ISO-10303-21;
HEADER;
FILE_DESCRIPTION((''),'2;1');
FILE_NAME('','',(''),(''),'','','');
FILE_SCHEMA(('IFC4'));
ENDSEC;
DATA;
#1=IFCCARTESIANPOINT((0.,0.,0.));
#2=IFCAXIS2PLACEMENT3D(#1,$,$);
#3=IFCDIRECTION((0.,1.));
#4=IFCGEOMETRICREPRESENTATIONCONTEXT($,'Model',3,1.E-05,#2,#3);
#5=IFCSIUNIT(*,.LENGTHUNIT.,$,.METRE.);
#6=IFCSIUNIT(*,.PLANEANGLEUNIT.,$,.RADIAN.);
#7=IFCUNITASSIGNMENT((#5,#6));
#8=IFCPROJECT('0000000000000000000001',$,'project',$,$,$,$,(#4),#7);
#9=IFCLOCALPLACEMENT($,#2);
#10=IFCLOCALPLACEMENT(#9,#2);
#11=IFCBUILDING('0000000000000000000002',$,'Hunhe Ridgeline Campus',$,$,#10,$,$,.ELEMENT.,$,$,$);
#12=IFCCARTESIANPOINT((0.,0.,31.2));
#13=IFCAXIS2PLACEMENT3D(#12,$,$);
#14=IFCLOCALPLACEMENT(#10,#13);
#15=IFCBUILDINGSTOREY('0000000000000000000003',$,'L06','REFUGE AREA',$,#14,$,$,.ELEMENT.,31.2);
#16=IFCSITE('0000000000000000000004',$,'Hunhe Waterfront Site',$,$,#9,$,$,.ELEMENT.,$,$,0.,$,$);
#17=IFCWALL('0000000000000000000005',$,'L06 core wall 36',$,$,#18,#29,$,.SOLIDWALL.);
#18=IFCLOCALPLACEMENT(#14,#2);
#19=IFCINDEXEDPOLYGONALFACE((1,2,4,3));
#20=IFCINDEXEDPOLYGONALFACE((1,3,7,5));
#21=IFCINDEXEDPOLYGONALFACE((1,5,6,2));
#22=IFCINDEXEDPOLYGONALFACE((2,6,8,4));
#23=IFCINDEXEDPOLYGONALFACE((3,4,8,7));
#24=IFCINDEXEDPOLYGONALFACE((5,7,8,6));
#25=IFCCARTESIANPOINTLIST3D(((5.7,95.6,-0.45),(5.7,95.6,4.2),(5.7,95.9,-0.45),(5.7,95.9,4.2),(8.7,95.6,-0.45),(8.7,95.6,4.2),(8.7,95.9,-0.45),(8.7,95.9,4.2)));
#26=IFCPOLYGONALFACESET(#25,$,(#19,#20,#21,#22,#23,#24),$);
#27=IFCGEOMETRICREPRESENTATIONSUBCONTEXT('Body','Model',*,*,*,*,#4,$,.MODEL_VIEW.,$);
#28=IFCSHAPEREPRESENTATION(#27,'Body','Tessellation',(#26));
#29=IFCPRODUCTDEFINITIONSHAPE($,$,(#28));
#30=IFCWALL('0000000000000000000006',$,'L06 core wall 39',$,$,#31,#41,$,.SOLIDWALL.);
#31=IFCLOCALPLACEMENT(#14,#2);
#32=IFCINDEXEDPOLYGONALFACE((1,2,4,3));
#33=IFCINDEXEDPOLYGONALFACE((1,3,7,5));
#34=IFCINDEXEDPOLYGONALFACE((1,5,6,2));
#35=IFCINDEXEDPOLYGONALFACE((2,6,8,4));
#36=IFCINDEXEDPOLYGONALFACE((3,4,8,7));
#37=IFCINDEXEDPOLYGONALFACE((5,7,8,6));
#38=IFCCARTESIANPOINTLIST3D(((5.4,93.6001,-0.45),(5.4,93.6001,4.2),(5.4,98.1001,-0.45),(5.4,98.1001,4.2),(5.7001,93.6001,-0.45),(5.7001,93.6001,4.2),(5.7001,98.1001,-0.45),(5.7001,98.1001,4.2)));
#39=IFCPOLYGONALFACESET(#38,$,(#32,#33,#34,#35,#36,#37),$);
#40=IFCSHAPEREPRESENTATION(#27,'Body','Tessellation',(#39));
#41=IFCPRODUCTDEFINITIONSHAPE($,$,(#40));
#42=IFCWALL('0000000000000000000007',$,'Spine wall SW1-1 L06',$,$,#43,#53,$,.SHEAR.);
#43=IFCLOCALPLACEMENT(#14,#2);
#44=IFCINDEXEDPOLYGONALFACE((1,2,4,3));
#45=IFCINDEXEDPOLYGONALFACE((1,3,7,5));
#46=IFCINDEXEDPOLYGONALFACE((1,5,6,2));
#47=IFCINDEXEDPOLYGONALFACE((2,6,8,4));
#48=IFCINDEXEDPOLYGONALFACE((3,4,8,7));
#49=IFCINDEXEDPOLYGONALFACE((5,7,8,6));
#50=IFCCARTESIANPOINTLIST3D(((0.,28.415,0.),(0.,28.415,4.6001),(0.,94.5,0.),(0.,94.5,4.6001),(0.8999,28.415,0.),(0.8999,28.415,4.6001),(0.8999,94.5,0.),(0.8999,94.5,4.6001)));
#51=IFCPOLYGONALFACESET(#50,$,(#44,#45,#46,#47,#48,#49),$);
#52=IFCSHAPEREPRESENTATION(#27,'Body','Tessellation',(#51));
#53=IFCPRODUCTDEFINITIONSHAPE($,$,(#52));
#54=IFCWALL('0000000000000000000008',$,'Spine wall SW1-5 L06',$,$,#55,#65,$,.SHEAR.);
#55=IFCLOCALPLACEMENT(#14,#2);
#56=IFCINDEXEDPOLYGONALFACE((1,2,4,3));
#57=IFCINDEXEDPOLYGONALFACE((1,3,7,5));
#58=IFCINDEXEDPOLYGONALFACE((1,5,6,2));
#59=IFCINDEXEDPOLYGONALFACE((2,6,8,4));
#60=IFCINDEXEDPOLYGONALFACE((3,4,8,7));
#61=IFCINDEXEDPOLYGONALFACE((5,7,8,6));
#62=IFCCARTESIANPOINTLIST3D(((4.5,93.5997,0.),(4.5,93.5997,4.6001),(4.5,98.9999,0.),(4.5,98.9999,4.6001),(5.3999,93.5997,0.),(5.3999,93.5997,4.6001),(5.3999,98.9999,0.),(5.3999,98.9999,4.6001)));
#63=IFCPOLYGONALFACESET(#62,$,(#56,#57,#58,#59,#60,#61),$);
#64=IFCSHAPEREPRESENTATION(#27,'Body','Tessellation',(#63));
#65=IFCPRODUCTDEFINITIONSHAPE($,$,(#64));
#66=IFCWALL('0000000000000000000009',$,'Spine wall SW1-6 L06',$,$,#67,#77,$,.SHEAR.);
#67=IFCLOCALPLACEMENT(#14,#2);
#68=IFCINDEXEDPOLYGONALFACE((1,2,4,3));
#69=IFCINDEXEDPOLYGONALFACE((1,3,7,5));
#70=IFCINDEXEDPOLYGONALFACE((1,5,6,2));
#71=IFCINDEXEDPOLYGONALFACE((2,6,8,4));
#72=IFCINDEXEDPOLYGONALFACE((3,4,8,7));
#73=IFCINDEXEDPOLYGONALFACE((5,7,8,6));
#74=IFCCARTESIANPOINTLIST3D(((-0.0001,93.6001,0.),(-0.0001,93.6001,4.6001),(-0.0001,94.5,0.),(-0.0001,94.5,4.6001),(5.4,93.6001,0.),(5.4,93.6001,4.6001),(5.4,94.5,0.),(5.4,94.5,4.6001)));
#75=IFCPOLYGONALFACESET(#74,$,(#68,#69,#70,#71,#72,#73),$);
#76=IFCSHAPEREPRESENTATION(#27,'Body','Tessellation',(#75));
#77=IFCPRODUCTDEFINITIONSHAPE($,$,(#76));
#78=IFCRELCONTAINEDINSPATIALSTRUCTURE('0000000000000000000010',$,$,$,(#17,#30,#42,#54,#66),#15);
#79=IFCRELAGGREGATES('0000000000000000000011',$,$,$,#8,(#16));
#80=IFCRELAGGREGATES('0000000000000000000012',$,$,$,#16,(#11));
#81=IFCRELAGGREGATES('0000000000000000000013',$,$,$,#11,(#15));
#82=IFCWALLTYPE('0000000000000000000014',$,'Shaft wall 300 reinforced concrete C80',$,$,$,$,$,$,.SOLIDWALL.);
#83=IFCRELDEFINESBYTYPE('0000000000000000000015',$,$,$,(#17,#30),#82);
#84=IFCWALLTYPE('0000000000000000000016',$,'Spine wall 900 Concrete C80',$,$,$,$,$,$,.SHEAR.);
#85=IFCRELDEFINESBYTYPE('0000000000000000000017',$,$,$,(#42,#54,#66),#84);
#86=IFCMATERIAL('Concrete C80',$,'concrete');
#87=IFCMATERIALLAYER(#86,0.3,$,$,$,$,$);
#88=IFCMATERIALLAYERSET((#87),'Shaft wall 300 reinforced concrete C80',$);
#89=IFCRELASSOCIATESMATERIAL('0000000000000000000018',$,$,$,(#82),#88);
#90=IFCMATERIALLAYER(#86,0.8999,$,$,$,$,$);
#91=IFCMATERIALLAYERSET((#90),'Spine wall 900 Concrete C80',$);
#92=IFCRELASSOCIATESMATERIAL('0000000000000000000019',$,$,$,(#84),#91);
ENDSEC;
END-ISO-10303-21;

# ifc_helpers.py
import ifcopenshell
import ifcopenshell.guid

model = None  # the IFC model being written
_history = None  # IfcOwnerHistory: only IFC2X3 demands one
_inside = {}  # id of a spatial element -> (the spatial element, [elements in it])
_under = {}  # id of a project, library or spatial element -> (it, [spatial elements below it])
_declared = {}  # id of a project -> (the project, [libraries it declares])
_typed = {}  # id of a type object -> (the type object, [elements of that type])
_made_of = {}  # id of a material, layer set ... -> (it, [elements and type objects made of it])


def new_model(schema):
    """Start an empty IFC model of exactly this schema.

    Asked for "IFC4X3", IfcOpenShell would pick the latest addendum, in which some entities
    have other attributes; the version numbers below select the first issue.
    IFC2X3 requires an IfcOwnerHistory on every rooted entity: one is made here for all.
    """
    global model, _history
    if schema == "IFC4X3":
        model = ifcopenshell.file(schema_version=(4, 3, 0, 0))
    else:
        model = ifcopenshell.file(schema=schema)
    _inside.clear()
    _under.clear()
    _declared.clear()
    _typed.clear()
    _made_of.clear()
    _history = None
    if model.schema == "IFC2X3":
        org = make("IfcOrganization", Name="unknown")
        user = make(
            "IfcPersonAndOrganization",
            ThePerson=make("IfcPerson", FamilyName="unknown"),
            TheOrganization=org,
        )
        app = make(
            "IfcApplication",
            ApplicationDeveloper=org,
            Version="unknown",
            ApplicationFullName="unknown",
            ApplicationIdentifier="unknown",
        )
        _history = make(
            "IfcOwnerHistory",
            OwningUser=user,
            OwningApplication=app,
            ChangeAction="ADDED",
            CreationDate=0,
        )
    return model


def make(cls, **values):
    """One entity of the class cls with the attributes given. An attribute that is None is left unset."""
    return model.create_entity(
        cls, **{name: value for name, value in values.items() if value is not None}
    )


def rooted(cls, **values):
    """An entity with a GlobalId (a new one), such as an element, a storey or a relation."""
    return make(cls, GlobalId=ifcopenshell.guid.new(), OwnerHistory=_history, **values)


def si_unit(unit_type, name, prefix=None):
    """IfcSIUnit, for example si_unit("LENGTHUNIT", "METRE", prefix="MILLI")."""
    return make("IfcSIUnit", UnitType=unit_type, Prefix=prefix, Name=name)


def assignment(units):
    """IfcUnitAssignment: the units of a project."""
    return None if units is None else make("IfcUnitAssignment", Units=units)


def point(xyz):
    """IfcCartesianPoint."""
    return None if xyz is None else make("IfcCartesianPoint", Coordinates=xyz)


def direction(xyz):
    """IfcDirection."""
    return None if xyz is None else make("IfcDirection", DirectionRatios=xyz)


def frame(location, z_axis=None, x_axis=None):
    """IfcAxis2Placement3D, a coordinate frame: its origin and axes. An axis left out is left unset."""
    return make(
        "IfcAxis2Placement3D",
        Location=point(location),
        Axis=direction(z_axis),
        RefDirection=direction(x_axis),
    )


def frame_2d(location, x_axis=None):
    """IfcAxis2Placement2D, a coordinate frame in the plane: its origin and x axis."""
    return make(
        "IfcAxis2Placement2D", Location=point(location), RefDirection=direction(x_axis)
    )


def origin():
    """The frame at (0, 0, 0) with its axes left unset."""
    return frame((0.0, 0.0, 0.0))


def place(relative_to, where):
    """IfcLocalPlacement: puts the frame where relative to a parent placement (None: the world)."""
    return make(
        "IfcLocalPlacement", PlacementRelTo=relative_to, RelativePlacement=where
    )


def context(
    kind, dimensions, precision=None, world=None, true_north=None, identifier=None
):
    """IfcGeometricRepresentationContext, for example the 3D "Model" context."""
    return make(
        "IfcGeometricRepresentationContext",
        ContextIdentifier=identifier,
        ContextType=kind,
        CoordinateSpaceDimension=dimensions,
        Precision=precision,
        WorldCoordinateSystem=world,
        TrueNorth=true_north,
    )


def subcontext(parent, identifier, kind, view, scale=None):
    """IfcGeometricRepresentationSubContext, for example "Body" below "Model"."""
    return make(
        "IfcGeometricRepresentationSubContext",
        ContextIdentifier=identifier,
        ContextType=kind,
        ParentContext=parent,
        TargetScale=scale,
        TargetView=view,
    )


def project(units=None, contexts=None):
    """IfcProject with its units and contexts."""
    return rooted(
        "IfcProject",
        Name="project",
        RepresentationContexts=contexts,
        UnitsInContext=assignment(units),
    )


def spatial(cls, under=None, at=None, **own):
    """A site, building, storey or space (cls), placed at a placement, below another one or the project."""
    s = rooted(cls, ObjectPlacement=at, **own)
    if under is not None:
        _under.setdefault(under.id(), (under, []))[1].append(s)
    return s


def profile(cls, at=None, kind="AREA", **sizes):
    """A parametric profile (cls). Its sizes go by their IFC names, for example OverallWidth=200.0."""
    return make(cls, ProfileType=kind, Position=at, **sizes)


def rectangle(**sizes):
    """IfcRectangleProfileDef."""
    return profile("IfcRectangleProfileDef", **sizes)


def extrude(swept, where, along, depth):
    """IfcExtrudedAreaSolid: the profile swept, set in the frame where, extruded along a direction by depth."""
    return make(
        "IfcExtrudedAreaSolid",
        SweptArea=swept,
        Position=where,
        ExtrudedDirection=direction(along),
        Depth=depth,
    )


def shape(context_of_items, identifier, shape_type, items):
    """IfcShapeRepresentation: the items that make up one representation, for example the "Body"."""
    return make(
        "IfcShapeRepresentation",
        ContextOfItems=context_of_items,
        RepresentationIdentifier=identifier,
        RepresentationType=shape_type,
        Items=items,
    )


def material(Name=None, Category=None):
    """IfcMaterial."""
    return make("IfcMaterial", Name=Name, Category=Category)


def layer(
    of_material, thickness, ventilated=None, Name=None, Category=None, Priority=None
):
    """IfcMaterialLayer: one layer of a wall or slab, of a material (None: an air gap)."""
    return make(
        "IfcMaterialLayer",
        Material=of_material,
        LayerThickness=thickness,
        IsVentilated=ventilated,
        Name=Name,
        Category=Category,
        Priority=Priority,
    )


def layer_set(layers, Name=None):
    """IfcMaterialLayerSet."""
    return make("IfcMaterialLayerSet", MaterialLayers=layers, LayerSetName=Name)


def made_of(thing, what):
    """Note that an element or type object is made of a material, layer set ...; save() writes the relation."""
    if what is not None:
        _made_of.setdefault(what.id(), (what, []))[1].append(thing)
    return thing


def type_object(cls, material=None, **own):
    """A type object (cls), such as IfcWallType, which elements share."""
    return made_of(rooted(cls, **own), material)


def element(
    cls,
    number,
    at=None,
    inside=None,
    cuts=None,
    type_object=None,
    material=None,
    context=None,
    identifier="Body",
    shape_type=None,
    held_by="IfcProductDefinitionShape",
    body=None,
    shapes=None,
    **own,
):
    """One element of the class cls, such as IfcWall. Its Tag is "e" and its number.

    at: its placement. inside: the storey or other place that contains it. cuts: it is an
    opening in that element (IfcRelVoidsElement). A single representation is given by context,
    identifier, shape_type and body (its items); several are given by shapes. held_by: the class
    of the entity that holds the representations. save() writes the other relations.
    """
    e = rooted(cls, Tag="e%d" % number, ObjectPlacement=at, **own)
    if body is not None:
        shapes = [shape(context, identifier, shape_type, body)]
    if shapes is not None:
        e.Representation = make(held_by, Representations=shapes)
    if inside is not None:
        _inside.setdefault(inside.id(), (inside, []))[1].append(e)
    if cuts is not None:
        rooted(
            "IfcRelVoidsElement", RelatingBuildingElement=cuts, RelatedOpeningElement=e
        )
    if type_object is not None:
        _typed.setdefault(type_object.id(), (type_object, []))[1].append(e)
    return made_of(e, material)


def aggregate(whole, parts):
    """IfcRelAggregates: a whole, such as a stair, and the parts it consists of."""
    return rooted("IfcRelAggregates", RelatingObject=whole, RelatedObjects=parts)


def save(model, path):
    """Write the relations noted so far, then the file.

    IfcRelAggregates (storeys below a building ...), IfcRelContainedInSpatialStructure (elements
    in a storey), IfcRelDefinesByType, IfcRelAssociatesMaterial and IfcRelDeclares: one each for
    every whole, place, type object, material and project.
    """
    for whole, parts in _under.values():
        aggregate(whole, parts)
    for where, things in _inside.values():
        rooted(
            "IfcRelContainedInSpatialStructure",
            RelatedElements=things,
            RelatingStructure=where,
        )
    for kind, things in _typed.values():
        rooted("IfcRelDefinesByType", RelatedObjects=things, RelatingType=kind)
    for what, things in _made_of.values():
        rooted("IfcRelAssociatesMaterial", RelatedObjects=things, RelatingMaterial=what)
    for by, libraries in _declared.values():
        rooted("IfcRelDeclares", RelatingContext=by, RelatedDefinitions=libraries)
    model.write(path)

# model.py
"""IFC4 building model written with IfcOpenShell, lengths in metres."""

from ifc_helpers import new_model, si_unit, direction, frame, frame_2d, origin, place, context, subcontext, project, spatial, rectangle, extrude, material, layer, layer_set, type_object, element, save


model = new_model("IFC4")

# Units and contexts
model_context = context("Model", 3, precision=1e-05, world=origin(), true_north=direction((0.0, 1.0)))
body_context = subcontext(model_context, "Body", "Model", "MODEL_VIEW")
ifc_project = project(units=[si_unit("LENGTHUNIT", "METRE"), si_unit("PLANEANGLEUNIT", "RADIAN")], contexts=[model_context])

# Site, building, storey
site_placement = place(None, origin())
site = spatial("IfcSite", under=ifc_project, at=site_placement, Name="Hunhe Waterfront Site", CompositionType="ELEMENT", RefElevation=0.0)
building_placement = place(site_placement, origin())
building = spatial("IfcBuilding", under=site, at=building_placement, Name="Hunhe Ridgeline Campus", CompositionType="ELEMENT")
storey_placement = place(building_placement, frame((0.0, 0.0, 31.2)))
storey = spatial("IfcBuildingStorey", under=building, at=storey_placement, Name="L06", Description="REFUGE AREA", CompositionType="ELEMENT", Elevation=31.2)

# Shared definitions
ifc_material_1 = material(Name="Concrete C80", Category="concrete")
ifc_layer_1 = layer(ifc_material_1, 0.3)
ifc_layer_set_1 = layer_set([ifc_layer_1], Name="Shaft wall 300 reinforced concrete C80")
wall_type_1 = type_object("IfcWallType", Name="Shaft wall 300 reinforced concrete C80", PredefinedType="SOLIDWALL", material=ifc_layer_set_1)

# Walls
wall_1_placement = place(storey_placement, frame((5.7, 95.75, -0.45), z_axis=(0.0, 0.0, 1.0), x_axis=(1.0, 0.0, 0.0)))
element("IfcWall", 1, at=wall_1_placement, inside=storey, type_object=wall_type_1, Name="L06 core wall 36", PredefinedType="SOLIDWALL", context=body_context, shape_type="SweptSolid", body=[
    extrude(rectangle(XDim=3.0, YDim=0.3, at=frame_2d((1.5, 0.0))), origin(), (0.0, 0.0, 1.0), 4.6499),
])
wall_2_placement = place(storey_placement, frame((5.55, 93.6001, -0.45), z_axis=(0.0, 0.0, 1.0), x_axis=(0.0, 1.0, 0.0)))
element("IfcWall", 2, at=wall_2_placement, inside=storey, type_object=wall_type_1, Name="L06 core wall 39", PredefinedType="SOLIDWALL", context=body_context, shape_type="SweptSolid", body=[
    extrude(rectangle(XDim=4.5, YDim=0.3, at=frame_2d((2.25, 0.0))), origin(), (0.0, 0.0, 1.0), 4.6499),
])

# Walls
ifc_layer_2 = layer(ifc_material_1, 0.8999)
ifc_layer_set_2 = layer_set([ifc_layer_2], Name="Spine wall 900 Concrete C80")
wall_type_2 = type_object("IfcWallType", Name="Spine wall 900 Concrete C80", PredefinedType="SHEAR", material=ifc_layer_set_2)
wall_3_placement = place(storey_placement, frame((0.45, 94.5, 0.0), z_axis=(0.0, 0.0, 1.0), x_axis=(0.0, -1.0, 0.0)))
element("IfcWall", 3, at=wall_3_placement, inside=storey, type_object=wall_type_2, Name="Spine wall SW1-1 L06", PredefinedType="SHEAR", context=body_context, shape_type="SweptSolid", body=[
    extrude(rectangle(XDim=66.085, YDim=0.8999, at=frame_2d((33.0425, 0.0))), origin(), (0.0, 0.0, 1.0), 4.6001),
])
for number, where, z_axis, x_axis, name in (
    (4, (4.95, 99.0, 0.0), (0.0, 0.0, 1.0), (0.0, -1.0, 0.0), "Spine wall SW1-5 L06"),
    (5, (5.4001, 94.05, 0.0), (0.0, 0.0, 1.0), (-1.0, 0.0, 0.0), "Spine wall SW1-6 L06"),
):
    element("IfcWall", number, at=place(storey_placement, frame(where, z_axis=z_axis, x_axis=x_axis)), inside=storey, type_object=wall_type_2, Name=name, PredefinedType="SHEAR", context=body_context, shape_type="SweptSolid", body=[
        extrude(rectangle(XDim=5.4001, YDim=0.8999, at=frame_2d((2.7002, 0.0))), origin(), (0.0, 0.0, 1.0), 4.6001),
    ])

save(model, "model.ifc")
